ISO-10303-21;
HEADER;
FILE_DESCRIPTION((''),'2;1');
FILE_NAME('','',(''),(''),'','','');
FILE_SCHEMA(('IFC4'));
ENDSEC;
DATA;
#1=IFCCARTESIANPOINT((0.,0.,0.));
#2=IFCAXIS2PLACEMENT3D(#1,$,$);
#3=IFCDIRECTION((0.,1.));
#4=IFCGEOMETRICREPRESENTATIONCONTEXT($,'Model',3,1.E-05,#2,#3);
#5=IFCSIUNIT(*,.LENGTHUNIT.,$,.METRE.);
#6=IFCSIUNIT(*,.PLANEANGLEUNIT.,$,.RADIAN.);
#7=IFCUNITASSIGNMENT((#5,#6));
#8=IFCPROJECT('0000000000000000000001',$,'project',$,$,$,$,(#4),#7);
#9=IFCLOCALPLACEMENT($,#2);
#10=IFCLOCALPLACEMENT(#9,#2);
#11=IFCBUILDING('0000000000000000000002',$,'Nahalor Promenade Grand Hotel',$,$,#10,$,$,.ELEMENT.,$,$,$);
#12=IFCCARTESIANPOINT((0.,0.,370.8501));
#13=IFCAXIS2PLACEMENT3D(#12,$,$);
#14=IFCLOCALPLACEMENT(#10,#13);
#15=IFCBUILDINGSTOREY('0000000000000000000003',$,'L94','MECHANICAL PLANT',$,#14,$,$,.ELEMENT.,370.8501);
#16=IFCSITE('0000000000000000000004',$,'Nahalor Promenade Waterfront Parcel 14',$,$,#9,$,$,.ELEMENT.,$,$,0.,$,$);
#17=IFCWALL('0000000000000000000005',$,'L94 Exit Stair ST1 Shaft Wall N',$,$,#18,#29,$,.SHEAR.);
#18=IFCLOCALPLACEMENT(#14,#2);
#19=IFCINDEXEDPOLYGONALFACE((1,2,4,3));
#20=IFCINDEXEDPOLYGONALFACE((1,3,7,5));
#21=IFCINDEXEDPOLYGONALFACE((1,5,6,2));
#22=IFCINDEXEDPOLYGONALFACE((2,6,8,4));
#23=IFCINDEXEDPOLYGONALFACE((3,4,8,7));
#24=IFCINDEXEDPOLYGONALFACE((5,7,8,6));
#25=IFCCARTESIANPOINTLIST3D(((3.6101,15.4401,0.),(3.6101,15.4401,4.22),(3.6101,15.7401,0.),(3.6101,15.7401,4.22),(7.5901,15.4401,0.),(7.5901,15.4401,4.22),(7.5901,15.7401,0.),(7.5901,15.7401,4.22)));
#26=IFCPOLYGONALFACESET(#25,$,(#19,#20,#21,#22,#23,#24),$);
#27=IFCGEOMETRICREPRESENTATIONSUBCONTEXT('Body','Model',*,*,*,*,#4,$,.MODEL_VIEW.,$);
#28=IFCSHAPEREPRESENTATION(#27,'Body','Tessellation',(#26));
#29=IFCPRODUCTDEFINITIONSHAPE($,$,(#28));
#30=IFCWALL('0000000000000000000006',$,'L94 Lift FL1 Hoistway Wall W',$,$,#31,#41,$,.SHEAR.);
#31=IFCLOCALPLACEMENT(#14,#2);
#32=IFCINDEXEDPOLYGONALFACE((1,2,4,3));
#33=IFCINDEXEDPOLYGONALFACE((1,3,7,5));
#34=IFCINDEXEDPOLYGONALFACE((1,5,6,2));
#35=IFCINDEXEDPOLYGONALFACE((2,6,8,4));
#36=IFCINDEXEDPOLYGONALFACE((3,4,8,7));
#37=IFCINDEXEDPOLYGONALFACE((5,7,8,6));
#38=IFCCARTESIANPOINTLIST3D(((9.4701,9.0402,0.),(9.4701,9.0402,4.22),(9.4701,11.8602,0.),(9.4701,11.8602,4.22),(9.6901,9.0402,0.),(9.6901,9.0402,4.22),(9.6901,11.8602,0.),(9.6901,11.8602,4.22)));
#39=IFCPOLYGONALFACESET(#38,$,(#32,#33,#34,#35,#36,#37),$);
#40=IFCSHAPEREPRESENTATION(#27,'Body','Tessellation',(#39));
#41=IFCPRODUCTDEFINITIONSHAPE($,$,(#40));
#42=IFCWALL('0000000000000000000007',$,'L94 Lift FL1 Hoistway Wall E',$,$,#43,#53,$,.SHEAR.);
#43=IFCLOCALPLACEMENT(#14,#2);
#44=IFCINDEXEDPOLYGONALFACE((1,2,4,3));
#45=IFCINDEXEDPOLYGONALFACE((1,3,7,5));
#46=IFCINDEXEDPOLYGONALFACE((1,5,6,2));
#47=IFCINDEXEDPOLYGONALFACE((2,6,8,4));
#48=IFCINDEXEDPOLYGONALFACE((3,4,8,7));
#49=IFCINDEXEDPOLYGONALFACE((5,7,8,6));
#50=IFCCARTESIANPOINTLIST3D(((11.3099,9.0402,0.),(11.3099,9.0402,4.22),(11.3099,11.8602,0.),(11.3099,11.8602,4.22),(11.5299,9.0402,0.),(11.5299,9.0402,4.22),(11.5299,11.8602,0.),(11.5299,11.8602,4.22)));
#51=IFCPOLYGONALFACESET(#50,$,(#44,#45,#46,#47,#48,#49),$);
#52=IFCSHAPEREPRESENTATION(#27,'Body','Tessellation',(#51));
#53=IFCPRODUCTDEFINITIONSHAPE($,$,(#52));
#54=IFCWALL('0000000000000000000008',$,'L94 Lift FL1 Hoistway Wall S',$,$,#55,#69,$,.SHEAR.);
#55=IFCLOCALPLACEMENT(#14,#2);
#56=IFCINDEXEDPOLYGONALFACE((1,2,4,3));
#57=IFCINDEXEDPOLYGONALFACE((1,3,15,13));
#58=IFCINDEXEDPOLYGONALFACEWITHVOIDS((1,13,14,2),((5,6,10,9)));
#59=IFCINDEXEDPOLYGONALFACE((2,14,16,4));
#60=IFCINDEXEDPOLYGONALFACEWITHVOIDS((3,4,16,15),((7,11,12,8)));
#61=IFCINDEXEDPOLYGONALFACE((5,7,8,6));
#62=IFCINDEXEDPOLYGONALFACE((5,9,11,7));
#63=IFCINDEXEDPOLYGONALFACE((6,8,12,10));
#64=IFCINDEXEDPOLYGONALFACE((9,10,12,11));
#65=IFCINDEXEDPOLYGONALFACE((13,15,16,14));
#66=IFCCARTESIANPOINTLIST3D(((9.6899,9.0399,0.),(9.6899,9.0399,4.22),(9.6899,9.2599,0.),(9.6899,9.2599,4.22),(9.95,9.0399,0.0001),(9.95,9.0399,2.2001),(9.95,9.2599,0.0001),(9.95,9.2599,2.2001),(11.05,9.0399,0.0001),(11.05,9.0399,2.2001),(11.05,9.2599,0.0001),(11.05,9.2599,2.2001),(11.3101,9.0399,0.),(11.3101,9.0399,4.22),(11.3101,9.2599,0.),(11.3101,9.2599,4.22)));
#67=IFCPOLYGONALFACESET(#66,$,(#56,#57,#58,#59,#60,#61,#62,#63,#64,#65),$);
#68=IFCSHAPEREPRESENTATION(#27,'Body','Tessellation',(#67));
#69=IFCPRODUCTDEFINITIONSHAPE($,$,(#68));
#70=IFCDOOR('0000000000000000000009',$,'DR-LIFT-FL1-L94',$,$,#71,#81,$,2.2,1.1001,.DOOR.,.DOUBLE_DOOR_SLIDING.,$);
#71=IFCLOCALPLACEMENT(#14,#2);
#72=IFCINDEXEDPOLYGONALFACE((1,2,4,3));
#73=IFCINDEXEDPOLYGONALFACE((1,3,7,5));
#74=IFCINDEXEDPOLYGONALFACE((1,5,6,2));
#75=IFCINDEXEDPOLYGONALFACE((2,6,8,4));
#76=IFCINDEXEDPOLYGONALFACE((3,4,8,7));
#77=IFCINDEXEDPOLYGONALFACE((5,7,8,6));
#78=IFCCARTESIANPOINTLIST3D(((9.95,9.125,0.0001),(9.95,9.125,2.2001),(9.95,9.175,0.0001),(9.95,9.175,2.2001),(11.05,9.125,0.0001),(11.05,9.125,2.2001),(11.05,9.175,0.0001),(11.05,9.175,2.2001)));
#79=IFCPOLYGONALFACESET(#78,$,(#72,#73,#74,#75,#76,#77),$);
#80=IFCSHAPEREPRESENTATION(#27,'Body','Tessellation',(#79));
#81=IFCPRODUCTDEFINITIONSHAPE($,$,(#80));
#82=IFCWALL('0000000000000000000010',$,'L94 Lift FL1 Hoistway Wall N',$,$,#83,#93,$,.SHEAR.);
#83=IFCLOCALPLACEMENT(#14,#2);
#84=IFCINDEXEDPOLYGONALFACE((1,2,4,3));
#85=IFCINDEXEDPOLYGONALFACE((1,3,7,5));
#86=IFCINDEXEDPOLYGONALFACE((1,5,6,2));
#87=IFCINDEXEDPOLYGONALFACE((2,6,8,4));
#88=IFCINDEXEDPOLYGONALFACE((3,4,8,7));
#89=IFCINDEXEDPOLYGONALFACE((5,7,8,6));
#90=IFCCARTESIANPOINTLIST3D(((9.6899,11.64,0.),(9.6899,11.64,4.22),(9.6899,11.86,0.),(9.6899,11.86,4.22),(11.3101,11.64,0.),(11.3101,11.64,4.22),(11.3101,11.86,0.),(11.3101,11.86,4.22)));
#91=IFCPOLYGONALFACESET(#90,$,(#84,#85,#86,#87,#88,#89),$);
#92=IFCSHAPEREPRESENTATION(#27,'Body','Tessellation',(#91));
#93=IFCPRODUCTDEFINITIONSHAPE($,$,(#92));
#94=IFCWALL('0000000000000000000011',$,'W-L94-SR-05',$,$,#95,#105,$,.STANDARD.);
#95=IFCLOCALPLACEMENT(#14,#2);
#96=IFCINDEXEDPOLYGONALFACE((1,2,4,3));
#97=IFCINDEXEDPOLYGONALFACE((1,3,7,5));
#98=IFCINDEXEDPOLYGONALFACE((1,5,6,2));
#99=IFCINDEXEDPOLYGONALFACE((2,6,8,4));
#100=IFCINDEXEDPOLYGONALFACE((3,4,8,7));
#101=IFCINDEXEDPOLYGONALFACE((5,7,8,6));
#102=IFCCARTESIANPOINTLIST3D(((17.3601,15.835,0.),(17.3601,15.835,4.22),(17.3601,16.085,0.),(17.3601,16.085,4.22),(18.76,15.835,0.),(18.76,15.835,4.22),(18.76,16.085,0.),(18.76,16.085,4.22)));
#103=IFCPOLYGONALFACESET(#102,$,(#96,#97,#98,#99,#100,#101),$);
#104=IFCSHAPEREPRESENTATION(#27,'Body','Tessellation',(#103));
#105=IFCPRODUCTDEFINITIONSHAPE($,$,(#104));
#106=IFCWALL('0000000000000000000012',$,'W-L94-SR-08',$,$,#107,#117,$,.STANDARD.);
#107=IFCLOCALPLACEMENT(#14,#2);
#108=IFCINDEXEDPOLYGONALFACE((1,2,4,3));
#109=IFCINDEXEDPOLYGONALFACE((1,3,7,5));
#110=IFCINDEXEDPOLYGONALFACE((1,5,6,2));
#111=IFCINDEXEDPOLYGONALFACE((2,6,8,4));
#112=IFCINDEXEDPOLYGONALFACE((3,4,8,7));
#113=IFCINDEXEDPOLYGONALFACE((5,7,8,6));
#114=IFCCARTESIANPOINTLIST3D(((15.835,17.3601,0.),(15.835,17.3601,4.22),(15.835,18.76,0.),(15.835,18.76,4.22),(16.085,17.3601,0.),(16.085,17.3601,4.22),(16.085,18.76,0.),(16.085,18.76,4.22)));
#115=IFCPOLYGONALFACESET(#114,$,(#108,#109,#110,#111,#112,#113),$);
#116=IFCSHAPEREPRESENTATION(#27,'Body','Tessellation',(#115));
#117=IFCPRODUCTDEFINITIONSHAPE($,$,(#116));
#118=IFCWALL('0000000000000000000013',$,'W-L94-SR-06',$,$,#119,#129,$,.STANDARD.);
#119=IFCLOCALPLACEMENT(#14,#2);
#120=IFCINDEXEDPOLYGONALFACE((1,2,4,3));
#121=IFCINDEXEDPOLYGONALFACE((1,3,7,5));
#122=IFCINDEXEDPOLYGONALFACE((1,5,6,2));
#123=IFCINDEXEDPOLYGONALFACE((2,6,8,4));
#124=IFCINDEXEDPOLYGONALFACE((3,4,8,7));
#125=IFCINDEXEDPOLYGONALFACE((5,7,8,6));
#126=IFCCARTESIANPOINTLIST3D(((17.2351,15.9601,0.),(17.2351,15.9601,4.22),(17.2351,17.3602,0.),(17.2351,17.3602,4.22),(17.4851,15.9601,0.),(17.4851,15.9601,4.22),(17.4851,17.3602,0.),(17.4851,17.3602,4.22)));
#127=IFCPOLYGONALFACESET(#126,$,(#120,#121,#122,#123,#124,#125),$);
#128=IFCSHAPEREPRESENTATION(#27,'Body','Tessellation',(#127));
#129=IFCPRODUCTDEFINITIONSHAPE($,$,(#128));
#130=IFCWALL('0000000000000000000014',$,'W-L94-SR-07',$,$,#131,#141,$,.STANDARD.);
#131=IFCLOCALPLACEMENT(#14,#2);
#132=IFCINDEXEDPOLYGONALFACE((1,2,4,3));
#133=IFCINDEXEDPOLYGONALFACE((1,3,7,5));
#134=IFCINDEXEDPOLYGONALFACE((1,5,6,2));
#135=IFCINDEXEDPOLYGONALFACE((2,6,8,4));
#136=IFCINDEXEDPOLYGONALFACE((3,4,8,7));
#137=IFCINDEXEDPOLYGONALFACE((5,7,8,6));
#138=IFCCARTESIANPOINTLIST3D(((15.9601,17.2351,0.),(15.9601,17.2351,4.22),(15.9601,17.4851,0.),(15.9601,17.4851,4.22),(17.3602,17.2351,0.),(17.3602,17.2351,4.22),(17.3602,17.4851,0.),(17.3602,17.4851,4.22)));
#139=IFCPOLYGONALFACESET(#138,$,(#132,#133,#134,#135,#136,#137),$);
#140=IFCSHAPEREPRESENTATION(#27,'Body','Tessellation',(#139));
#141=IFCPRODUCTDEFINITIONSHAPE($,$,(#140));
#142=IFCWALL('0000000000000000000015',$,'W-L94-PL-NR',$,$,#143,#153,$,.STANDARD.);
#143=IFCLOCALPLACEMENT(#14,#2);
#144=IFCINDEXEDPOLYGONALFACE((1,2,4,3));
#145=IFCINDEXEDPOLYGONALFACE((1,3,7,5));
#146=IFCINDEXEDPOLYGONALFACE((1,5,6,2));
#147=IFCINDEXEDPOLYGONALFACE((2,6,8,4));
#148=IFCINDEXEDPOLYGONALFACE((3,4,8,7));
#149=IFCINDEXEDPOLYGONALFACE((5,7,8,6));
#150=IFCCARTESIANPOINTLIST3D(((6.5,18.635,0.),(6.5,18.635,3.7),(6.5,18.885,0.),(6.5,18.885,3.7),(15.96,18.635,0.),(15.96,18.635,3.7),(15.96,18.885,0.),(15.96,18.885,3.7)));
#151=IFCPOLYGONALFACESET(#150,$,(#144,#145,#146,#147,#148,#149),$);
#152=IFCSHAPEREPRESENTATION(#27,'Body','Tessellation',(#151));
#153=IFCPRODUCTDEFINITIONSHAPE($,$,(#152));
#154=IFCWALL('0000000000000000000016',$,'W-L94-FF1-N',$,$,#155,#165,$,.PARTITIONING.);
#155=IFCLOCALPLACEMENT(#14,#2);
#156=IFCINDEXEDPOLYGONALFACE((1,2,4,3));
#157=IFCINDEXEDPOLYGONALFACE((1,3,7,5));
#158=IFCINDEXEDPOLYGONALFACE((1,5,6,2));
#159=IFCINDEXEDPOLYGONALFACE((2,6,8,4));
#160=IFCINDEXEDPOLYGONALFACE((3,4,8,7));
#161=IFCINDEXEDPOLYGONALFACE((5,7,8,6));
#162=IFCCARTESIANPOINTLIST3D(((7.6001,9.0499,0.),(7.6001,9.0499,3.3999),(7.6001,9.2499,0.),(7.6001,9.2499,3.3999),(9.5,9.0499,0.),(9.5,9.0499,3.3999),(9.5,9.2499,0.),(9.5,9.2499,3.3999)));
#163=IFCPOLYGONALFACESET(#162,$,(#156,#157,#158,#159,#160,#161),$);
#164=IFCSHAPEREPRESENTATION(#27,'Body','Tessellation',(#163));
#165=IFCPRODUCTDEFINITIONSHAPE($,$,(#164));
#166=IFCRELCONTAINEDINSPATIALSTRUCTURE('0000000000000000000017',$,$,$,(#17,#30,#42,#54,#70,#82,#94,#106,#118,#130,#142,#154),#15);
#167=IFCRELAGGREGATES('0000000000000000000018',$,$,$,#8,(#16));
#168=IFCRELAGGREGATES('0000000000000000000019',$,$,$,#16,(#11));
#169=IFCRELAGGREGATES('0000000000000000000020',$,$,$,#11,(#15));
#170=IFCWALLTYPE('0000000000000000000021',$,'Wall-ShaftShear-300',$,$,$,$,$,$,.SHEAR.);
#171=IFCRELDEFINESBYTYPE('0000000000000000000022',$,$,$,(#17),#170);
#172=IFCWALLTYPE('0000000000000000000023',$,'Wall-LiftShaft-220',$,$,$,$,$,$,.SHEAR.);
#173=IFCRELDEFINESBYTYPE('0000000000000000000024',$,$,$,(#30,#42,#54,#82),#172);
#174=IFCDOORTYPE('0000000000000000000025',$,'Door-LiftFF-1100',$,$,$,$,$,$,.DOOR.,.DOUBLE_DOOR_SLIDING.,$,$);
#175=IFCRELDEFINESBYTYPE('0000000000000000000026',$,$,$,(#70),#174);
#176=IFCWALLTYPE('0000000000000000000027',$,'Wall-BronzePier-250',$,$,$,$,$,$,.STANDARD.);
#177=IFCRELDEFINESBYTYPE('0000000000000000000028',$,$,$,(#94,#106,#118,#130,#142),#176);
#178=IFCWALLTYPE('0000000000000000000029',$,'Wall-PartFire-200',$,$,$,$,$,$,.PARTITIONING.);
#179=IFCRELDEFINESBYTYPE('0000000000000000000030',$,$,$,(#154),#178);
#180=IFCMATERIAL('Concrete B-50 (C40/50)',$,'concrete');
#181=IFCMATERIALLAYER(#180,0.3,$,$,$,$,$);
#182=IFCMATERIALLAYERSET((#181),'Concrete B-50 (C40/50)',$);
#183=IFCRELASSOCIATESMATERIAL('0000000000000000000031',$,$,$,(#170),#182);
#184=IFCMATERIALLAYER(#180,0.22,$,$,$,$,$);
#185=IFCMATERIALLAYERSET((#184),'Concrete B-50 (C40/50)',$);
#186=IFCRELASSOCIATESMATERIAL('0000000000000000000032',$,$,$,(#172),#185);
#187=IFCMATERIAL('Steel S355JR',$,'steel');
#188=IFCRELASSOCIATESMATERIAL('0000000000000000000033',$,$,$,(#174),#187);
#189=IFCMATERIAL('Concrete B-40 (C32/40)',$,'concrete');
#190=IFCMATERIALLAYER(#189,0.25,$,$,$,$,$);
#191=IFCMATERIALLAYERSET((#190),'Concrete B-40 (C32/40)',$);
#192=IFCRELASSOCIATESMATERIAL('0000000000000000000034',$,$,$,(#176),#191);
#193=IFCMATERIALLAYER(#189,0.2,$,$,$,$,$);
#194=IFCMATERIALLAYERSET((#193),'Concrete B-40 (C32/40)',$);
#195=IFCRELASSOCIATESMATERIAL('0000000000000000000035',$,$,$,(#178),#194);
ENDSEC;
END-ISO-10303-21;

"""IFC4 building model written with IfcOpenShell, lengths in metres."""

from ifc_helpers import new_model, si_unit, direction, frame, frame_2d, origin, place, context, subcontext, project, spatial, rectangle, extrude, source, transform, mapped, material, layer, layer_set, type_object, element, fill, save


model = new_model("IFC4")

# Units and contexts
model_context = context("Model", 3, precision=1e-05, world=origin(), true_north=direction((0.0, 1.0)))
body_context = subcontext(model_context, "Body", "Model", "MODEL_VIEW")
ifc_project = project(units=[si_unit("LENGTHUNIT", "METRE"), si_unit("PLANEANGLEUNIT", "RADIAN")], contexts=[model_context])

# Site, building, storey
site_placement = place(None, origin())
site = spatial("IfcSite", under=ifc_project, at=site_placement, Name="Nahalor Promenade Waterfront Parcel 14", CompositionType="ELEMENT", RefElevation=0.0)
building_placement = place(site_placement, origin())
building = spatial("IfcBuilding", under=site, at=building_placement, Name="Nahalor Promenade Grand Hotel", CompositionType="ELEMENT")
storey_placement = place(building_placement, frame((0.0, 0.0, 370.8501)))
storey = spatial("IfcBuildingStorey", under=building, at=storey_placement, Name="L94", Description="MECHANICAL PLANT", CompositionType="ELEMENT", Elevation=370.8501)

# Shared definitions
ifc_material_1 = material(Name="Concrete B-50 (C40/50)", Category="concrete")

# Shared definitions
ifc_material_2 = material(Name="Steel S355JR", Category="steel")

# Walls
ifc_layer_1 = layer(ifc_material_1, 0.3)
ifc_layer_set_1 = layer_set([ifc_layer_1], Name="Concrete B-50 (C40/50)")
wall_type_1 = type_object("IfcWallType", Name="Wall-ShaftShear-300", PredefinedType="SHEAR", material=ifc_layer_set_1)
shared_shape_1 = source(origin(), body_context, "Body", "SweptSolid", [
    extrude(rectangle(XDim=3.98, YDim=0.3, at=frame_2d((1.99, 0.0))), origin(), (0.0, 0.0, 1.0), 4.22),
])
wall_1_placement = place(storey_placement, frame((3.6101, 15.5901, 0.0), z_axis=(0.0, 0.0, 1.0), x_axis=(1.0, 0.0, 0.0)))
element("IfcWall", 1, at=wall_1_placement, inside=storey, type_object=wall_type_1, Name="L94 Exit Stair ST1 Shaft Wall N", PredefinedType="SHEAR", context=body_context, shape_type="MappedRepresentation", body=[
    mapped(shared_shape_1, transform((0.0, 0.0, 0.0), scale=1.0)),
])
ifc_layer_2 = layer(ifc_material_1, 0.22)
ifc_layer_set_2 = layer_set([ifc_layer_2], Name="Concrete B-50 (C40/50)")
wall_type_2 = type_object("IfcWallType", Name="Wall-LiftShaft-220", PredefinedType="SHEAR", material=ifc_layer_set_2)
shared_shape_2 = source(origin(), body_context, "Body", "SweptSolid", [
    extrude(rectangle(XDim=2.8201, YDim=0.22, at=frame_2d((1.4102, 0.0))), origin(), (0.0, 0.0, 1.0), 4.22),
])
for number, where, z_axis, x_axis, name in (
    (2, (9.5801, 9.04, 0.0), (0.0, 0.0, 1.0), (0.0, 1.0, 0.0), "L94 Lift FL1 Hoistway Wall W"),
    (3, (11.4199, 9.04, 0.0), (0.0, 0.0, 1.0), (0.0, 1.0, 0.0), "L94 Lift FL1 Hoistway Wall E"),
):
    element("IfcWall", number, at=place(storey_placement, frame(where, z_axis=z_axis, x_axis=x_axis)), inside=storey, type_object=wall_type_2, Name=name, PredefinedType="SHEAR", context=body_context, shape_type="MappedRepresentation", body=[
        mapped(shared_shape_2, transform((0.0, 0.0, 0.0), scale=1.0)),
    ])

# Wall, opening, door
shared_shape_3 = source(origin(), body_context, "Body", "SweptSolid", [
    extrude(rectangle(XDim=1.6201, YDim=0.22, at=frame_2d((0.8101, 0.0))), origin(), (0.0, 0.0, 1.0), 4.22),
])
wall_2_placement = place(storey_placement, frame((9.6899, 9.1499, 0.0), z_axis=(0.0, 0.0, 1.0), x_axis=(1.0, 0.0, 0.0)))
wall_2 = element("IfcWall", 4, at=wall_2_placement, inside=storey, type_object=wall_type_2, Name="L94 Lift FL1 Hoistway Wall S", PredefinedType="SHEAR", context=body_context, shape_type="MappedRepresentation", body=[
    mapped(shared_shape_3, transform((0.0, 0.0, 0.0), scale=1.0)),
])
opening_placement = place(wall_2_placement, frame((0.26, 0.0, 0.0)))
opening = element("IfcOpeningElement", 5, at=opening_placement, cuts=wall_2, PredefinedType="OPENING", context=body_context, shape_type="SweptSolid", body=[
    extrude(rectangle(XDim=1.1001, YDim=2.2, at=frame_2d((0.55, 1.1001))), frame((0.0, 0.1199, 0.0), z_axis=(0.0, -1.0, 0.0), x_axis=(1.0, 0.0, 0.0)), (0.0, 0.0, 1.0), 0.24),
])
door_type = type_object("IfcDoorType", Name="Door-LiftFF-1100", OperationType="DOUBLE_DOOR_SLIDING", PredefinedType="DOOR", material=ifc_material_2)
shared_shape_4 = source(origin(), body_context, "Body", "SweptSolid", [
    extrude(rectangle(XDim=1.1001, YDim=2.2, at=frame_2d((0.55, 1.1001))), frame((0.0, 0.0249, 0.0), z_axis=(0.0, -1.0, 0.0), x_axis=(1.0, 0.0, 0.0)), (0.0, 0.0, 1.0), 0.05),
])
door_placement = place(opening_placement, frame((1.1001, 0.0, 0.0), z_axis=(0.0, 0.0, 1.0), x_axis=(-1.0, 0.0, 0.0)))
door = element("IfcDoor", 6, at=door_placement, inside=storey, type_object=door_type, Name="DR-LIFT-FL1-L94", OperationType="DOUBLE_DOOR_SLIDING", OverallHeight=2.2, OverallWidth=1.1001, PredefinedType="DOOR", context=body_context, shape_type="MappedRepresentation", body=[
    mapped(shared_shape_4, transform((0.0, 0.0, 0.0), scale=1.0)),
])
fill(opening, door)

# Walls
wall_3_placement = place(storey_placement, frame((9.6899, 11.75, 0.0), z_axis=(0.0, 0.0, 1.0), x_axis=(1.0, 0.0, 0.0)))
element("IfcWall", 7, at=wall_3_placement, inside=storey, type_object=wall_type_2, Name="L94 Lift FL1 Hoistway Wall N", PredefinedType="SHEAR", context=body_context, shape_type="MappedRepresentation", body=[
    mapped(shared_shape_3, transform((0.0, 0.0, 0.0), scale=1.0)),
])
ifc_material_3 = material(Name="Concrete B-40 (C32/40)", Category="concrete")
ifc_layer_3 = layer(ifc_material_3, 0.25)
ifc_layer_set_3 = layer_set([ifc_layer_3], Name="Concrete B-40 (C32/40)")
wall_type_3 = type_object("IfcWallType", Name="Wall-BronzePier-250", PredefinedType="STANDARD", material=ifc_layer_set_3)
shared_shape_5 = source(origin(), body_context, "Body", "SweptSolid", [
    extrude(rectangle(XDim=1.3999, YDim=0.25, at=frame_2d((0.7, 0.0))), origin(), (0.0, 0.0, 1.0), 4.22),
])
for number, where, z_axis, x_axis, name in (
    (8, (17.3601, 15.96, 0.0), (0.0, 0.0, 1.0), (1.0, 0.0, 0.0), "W-L94-SR-05"),
    (9, (15.96, 17.3601, 0.0), (0.0, 0.0, 1.0), (0.0, 1.0, 0.0), "W-L94-SR-08"),
):
    element("IfcWall", number, at=place(storey_placement, frame(where, z_axis=z_axis, x_axis=x_axis)), inside=storey, type_object=wall_type_3, Name=name, PredefinedType="STANDARD", context=body_context, shape_type="MappedRepresentation", body=[
        mapped(shared_shape_5, transform((0.0, 0.0, 0.0), scale=1.0)),
    ])
shared_shape_6 = source(origin(), body_context, "Body", "SweptSolid", [
    extrude(rectangle(XDim=1.4001, YDim=0.25, at=frame_2d((0.7002, 0.0))), origin(), (0.0, 0.0, 1.0), 4.22),
])
for number, where, z_axis, x_axis, name in (
    (10, (17.3601, 15.96, 0.0), (0.0, 0.0, 1.0), (0.0, 1.0, 0.0), "W-L94-SR-06"),
    (11, (15.96, 17.3601, 0.0), (0.0, 0.0, 1.0), (1.0, 0.0, 0.0), "W-L94-SR-07"),
):
    element("IfcWall", number, at=place(storey_placement, frame(where, z_axis=z_axis, x_axis=x_axis)), inside=storey, type_object=wall_type_3, Name=name, PredefinedType="STANDARD", context=body_context, shape_type="MappedRepresentation", body=[
        mapped(shared_shape_6, transform((0.0, 0.0, 0.0), scale=1.0)),
    ])
shared_shape_7 = source(origin(), body_context, "Body", "SweptSolid", [
    extrude(rectangle(XDim=9.46, YDim=0.25, at=frame_2d((4.73, 0.0))), origin(), (0.0, 0.0, 1.0), 3.7),
])
wall_4_placement = place(storey_placement, frame((6.5, 18.76, 0.0), z_axis=(0.0, 0.0, 1.0), x_axis=(1.0, 0.0, 0.0)))
element("IfcWall", 12, at=wall_4_placement, inside=storey, type_object=wall_type_3, Name="W-L94-PL-NR", PredefinedType="STANDARD", context=body_context, shape_type="MappedRepresentation", body=[
    mapped(shared_shape_7, transform((0.0, 0.0, 0.0), scale=1.0)),
])
ifc_layer_4 = layer(ifc_material_3, 0.2)
ifc_layer_set_4 = layer_set([ifc_layer_4], Name="Concrete B-40 (C32/40)")
wall_type_4 = type_object("IfcWallType", Name="Wall-PartFire-200", PredefinedType="PARTITIONING", material=ifc_layer_set_4)
shared_shape_8 = source(origin(), body_context, "Body", "SweptSolid", [
    extrude(rectangle(XDim=1.8999, YDim=0.2, at=frame_2d((0.95, 0.0))), origin(), (0.0, 0.0, 1.0), 3.3999),
])
wall_5_placement = place(storey_placement, frame((7.6001, 9.1499, 0.0), z_axis=(0.0, 0.0, 1.0), x_axis=(1.0, 0.0, 0.0)))
element("IfcWall", 13, at=wall_5_placement, inside=storey, type_object=wall_type_4, Name="W-L94-FF1-N", PredefinedType="PARTITIONING", context=body_context, shape_type="MappedRepresentation", body=[
    mapped(shared_shape_8, transform((0.0, 0.0, 0.0), scale=1.0)),
])

save(model, "model.ifc")
